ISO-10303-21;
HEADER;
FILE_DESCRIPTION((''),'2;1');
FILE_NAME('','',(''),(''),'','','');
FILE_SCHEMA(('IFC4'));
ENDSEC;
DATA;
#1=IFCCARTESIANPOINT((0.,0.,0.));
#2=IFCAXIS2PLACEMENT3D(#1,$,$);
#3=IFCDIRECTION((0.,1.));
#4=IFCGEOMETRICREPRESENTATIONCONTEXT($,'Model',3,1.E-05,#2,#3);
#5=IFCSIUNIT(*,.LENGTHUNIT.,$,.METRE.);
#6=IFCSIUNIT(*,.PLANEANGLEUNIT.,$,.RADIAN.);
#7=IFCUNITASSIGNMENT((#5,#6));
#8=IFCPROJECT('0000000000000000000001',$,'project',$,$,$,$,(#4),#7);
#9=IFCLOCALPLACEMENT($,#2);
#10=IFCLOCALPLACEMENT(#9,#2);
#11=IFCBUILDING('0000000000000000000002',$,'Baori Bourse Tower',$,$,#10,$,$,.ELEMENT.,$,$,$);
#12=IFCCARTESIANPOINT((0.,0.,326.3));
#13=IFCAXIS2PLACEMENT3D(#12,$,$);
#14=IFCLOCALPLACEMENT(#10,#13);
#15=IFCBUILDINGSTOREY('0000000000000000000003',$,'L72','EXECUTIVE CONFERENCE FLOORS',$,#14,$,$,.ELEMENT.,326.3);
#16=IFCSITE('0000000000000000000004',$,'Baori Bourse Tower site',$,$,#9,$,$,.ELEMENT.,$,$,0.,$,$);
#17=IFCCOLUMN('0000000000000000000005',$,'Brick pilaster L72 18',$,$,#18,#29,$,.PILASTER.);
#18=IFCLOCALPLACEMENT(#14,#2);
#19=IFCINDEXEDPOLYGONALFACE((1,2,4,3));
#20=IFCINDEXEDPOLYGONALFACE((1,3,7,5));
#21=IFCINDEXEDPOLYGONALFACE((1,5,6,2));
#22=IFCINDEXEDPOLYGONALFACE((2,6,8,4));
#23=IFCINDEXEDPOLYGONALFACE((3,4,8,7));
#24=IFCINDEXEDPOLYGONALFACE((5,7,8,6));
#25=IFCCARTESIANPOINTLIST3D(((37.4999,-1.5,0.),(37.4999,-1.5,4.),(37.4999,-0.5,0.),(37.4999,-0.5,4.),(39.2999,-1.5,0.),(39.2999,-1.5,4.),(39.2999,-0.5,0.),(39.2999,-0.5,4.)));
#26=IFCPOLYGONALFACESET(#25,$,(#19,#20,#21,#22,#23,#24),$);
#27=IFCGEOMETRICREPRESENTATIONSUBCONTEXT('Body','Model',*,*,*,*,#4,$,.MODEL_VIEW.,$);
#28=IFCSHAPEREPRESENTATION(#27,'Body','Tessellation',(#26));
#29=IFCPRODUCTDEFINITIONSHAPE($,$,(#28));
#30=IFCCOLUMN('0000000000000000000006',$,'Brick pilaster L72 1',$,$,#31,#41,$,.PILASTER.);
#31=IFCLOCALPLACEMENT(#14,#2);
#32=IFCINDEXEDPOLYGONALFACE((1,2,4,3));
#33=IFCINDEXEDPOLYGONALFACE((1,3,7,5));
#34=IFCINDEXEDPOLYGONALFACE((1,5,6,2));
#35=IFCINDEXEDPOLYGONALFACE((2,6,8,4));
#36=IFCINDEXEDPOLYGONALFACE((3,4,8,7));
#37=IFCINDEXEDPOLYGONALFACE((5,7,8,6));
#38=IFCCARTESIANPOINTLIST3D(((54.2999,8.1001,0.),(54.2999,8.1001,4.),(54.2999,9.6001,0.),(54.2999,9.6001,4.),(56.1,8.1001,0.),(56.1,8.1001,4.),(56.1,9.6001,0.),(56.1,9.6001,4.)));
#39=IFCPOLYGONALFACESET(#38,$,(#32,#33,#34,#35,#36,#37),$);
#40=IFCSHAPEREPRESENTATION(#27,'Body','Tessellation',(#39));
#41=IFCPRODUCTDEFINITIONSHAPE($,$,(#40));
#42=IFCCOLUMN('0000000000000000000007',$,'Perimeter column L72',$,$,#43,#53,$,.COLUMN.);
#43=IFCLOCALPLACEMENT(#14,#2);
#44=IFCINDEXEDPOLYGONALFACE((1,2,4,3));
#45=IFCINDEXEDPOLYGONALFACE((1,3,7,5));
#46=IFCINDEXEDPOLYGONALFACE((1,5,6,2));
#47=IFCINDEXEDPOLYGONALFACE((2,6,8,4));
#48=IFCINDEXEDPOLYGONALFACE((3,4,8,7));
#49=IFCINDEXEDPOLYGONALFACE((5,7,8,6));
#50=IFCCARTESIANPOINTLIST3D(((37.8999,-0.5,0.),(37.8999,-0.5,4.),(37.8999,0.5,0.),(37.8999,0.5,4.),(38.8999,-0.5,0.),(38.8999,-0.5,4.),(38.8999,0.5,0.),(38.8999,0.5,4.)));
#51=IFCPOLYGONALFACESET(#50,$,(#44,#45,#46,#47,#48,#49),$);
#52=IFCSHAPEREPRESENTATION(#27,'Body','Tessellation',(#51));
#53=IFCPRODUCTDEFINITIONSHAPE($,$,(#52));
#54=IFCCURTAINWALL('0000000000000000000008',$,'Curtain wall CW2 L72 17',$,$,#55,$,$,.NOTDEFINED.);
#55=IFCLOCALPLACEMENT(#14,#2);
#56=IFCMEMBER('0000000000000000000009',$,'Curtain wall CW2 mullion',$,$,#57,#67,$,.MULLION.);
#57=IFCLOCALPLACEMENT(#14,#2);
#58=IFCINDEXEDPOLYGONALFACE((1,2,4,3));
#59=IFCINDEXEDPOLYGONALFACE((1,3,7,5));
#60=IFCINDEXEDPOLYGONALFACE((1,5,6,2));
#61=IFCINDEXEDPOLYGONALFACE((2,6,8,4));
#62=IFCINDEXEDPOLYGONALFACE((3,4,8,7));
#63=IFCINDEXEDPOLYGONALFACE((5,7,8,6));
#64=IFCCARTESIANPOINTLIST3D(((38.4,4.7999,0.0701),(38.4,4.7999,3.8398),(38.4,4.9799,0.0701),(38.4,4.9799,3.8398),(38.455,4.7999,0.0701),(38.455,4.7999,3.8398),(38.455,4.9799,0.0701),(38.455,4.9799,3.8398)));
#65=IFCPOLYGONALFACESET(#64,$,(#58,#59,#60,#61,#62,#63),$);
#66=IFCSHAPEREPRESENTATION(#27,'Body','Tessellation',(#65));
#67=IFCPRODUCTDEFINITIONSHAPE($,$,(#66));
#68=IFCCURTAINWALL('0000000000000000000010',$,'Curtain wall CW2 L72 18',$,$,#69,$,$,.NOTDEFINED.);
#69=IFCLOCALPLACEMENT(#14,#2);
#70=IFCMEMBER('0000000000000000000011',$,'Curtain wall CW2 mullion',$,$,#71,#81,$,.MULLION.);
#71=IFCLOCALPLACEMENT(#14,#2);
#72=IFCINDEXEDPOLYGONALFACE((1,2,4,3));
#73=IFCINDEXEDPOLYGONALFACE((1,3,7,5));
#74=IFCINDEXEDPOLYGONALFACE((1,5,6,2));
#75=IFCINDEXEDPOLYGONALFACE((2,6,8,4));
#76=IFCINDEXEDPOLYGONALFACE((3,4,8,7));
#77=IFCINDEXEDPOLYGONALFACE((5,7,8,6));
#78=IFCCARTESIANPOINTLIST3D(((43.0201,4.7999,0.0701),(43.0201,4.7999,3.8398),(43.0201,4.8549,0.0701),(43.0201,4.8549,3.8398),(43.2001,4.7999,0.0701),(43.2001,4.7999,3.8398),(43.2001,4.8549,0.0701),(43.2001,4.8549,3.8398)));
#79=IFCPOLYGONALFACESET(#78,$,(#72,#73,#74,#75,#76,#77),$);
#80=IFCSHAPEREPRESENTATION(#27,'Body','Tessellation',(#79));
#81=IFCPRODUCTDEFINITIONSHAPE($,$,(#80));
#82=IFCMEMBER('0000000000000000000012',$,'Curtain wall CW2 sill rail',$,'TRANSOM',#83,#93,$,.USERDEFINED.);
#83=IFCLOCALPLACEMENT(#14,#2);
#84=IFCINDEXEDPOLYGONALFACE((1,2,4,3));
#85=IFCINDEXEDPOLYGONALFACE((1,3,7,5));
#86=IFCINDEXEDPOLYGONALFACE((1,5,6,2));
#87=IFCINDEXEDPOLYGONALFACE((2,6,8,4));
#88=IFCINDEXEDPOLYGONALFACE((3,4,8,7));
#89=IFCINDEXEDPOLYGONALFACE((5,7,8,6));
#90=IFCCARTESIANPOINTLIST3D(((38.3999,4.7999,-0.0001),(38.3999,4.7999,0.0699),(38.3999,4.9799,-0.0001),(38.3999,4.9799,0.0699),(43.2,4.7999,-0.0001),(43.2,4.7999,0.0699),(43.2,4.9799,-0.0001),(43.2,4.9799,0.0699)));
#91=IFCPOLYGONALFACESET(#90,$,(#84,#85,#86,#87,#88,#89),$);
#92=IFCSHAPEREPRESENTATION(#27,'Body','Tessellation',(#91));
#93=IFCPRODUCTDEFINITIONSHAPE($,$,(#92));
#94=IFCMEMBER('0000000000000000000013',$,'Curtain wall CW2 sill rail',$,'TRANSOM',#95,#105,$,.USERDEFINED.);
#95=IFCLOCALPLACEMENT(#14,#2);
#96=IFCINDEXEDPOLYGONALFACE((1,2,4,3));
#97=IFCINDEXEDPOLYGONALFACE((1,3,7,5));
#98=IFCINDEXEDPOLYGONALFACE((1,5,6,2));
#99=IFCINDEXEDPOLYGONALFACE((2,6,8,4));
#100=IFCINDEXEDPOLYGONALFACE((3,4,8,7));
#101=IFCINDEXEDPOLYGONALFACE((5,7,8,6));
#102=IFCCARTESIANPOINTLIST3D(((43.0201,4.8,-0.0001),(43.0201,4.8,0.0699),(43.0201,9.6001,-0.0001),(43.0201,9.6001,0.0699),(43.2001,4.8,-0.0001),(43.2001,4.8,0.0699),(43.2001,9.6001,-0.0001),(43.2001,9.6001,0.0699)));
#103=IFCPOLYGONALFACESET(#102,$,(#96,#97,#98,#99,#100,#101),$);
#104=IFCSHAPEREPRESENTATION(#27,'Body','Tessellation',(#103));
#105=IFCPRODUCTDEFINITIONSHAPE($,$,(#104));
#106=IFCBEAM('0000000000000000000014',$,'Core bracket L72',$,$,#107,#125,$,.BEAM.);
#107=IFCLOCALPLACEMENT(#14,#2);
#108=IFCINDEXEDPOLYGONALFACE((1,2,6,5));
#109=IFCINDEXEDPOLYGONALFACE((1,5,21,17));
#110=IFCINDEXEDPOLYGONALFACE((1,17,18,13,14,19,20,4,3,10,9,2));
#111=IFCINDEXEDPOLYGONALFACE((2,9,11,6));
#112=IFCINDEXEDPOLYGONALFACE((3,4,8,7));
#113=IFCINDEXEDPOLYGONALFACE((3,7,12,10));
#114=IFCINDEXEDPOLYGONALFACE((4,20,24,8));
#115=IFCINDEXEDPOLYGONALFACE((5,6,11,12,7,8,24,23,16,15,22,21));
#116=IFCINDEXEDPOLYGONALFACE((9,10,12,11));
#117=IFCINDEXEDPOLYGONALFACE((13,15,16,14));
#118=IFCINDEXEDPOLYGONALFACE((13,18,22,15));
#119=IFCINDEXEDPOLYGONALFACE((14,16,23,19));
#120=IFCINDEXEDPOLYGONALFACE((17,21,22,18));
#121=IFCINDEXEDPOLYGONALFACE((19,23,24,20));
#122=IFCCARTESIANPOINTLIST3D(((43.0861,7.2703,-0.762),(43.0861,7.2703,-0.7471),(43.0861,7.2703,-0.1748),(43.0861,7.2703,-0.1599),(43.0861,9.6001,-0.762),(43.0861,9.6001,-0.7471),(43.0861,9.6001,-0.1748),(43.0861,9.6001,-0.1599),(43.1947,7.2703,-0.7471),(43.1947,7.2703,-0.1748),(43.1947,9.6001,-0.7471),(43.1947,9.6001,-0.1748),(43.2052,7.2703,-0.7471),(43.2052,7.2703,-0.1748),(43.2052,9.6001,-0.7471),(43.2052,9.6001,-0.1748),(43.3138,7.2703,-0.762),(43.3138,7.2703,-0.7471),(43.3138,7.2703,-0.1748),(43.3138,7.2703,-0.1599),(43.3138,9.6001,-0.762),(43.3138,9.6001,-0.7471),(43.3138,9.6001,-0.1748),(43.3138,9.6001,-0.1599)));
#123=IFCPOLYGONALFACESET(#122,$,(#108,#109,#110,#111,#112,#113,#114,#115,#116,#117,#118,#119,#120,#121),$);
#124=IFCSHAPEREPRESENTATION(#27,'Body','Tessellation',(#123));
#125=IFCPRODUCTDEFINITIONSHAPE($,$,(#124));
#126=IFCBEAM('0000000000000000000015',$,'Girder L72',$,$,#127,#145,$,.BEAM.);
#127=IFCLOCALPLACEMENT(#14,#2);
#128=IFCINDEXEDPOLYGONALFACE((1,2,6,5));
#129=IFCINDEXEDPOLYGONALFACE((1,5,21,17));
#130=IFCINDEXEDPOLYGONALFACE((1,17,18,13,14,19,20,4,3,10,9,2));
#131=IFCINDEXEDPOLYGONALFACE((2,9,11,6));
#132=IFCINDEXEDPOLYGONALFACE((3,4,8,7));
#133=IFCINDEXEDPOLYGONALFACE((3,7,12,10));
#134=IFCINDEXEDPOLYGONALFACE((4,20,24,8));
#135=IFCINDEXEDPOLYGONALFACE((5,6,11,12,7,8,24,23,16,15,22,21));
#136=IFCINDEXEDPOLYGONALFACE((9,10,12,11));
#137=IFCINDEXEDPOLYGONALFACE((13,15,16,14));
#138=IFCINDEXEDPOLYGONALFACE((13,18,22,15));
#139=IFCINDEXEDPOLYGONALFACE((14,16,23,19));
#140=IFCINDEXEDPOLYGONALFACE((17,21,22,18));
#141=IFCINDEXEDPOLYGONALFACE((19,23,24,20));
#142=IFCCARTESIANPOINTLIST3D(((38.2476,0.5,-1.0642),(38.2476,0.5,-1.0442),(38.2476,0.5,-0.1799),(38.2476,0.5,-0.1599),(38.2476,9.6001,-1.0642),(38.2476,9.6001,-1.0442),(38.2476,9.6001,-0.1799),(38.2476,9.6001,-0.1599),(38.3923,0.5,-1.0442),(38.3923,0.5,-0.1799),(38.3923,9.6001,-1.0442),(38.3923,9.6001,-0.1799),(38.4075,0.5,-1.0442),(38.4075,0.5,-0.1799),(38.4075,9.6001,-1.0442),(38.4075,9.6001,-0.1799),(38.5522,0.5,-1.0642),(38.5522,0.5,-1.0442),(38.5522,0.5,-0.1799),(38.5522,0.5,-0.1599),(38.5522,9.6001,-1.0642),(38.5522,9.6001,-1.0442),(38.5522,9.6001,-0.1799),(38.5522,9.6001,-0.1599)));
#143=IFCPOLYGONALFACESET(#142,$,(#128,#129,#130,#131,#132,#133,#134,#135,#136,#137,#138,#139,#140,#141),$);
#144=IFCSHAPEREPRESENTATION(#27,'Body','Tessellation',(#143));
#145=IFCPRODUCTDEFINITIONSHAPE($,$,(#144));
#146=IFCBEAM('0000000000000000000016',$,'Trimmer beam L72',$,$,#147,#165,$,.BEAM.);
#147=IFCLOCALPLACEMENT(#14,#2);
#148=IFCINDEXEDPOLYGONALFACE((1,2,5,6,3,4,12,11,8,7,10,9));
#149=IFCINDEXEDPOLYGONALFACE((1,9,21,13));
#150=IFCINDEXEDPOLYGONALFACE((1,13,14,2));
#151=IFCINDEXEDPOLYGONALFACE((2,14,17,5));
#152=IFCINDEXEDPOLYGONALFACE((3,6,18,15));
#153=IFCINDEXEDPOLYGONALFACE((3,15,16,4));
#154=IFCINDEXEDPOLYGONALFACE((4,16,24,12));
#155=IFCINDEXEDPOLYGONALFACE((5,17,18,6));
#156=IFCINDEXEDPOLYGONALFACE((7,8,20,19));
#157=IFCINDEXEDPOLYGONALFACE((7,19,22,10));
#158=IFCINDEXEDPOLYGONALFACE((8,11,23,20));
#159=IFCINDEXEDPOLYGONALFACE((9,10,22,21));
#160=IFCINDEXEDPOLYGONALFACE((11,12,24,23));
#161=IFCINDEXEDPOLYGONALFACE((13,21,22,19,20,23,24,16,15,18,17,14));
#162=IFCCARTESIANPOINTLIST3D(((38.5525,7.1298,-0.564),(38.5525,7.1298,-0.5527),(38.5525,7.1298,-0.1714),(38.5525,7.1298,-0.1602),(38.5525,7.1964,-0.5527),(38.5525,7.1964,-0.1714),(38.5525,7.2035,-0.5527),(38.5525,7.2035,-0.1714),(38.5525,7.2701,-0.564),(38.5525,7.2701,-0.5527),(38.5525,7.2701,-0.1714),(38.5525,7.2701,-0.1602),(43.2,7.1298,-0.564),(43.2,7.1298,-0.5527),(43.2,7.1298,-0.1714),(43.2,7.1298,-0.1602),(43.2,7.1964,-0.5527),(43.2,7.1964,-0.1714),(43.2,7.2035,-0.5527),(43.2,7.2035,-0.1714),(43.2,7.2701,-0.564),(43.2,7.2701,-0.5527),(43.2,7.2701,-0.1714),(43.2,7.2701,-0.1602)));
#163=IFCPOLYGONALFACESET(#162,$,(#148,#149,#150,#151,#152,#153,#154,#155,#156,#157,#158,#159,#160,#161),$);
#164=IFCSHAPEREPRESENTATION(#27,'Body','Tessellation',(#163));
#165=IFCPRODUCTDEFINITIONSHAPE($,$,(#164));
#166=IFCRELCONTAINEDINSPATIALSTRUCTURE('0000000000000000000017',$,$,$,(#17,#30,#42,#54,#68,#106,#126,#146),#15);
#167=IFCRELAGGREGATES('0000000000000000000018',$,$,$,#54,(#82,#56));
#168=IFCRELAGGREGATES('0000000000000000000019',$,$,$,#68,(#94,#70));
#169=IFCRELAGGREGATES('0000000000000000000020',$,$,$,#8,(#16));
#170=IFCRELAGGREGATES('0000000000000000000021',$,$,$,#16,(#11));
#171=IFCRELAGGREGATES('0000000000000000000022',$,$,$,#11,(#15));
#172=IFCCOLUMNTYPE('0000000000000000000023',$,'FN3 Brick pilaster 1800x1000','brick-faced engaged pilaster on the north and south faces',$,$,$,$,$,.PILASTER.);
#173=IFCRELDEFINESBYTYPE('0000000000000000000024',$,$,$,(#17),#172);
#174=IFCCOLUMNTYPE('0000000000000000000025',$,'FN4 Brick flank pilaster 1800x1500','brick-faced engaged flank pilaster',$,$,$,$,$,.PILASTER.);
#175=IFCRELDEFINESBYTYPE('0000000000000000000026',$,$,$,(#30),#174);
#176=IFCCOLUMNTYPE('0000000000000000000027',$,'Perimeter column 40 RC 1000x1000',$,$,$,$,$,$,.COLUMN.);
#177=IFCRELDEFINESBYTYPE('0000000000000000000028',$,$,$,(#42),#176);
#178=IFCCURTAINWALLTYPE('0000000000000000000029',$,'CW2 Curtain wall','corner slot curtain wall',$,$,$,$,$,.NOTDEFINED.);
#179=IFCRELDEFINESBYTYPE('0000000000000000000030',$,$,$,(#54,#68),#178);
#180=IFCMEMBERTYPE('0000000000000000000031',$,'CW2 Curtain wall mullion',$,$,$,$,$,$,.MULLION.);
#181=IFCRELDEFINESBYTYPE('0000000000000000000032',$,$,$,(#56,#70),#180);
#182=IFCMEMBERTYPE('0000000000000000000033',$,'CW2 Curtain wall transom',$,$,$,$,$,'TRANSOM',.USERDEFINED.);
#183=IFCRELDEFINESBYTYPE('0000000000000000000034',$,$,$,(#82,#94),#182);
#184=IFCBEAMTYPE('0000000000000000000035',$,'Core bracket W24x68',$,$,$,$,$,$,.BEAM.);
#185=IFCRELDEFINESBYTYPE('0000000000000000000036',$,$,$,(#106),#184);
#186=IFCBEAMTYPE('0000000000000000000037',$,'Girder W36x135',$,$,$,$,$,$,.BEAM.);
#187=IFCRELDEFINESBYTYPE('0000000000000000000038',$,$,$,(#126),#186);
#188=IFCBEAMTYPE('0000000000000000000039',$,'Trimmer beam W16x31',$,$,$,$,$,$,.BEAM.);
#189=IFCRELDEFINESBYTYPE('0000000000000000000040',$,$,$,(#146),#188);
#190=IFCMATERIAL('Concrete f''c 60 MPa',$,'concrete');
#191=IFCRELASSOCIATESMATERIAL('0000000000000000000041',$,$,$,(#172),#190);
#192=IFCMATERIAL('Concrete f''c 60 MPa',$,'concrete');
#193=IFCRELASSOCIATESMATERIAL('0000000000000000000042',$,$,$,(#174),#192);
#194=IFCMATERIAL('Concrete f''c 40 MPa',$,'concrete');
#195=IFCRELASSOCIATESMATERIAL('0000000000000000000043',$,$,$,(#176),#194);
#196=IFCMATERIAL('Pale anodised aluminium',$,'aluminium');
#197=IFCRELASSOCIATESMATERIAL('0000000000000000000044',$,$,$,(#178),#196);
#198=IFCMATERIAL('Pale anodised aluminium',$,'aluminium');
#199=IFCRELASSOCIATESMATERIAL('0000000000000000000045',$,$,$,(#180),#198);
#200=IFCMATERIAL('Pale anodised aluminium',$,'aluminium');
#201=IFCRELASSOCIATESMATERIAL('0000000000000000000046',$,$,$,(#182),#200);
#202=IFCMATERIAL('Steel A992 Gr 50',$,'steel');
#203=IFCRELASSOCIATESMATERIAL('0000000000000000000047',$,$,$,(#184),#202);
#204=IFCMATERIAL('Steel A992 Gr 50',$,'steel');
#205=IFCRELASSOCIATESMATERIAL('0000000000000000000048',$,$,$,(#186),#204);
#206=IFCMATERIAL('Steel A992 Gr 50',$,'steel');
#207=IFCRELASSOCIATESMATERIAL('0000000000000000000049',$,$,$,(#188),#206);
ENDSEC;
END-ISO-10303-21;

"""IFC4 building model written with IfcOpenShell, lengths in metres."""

from ifc_helpers import new_model, si_unit, direction, frame, origin, origin_2d, place, context, subcontext, project, spatial, rectangle, i_section, extrude, material, material_profile, profile_set, type_object, element, aggregate, save


model = new_model("IFC4")

# Units and contexts
model_context = context("Model", 3, precision=1e-05, world=origin(), true_north=direction((0.0, 1.0)))
body_context = subcontext(model_context, "Body", "Model", "MODEL_VIEW")
ifc_project = project(units=[si_unit("LENGTHUNIT", "METRE"), si_unit("PLANEANGLEUNIT", "RADIAN")], contexts=[model_context])

# Site, building, storey
site_placement = place(None, origin())
site = spatial("IfcSite", under=ifc_project, at=site_placement, Name="Baori Bourse Tower site", CompositionType="ELEMENT", RefElevation=0.0)
building_placement = place(site_placement, origin())
building = spatial("IfcBuilding", under=site, at=building_placement, Name="Baori Bourse Tower", CompositionType="ELEMENT")
storey_placement = place(building_placement, frame((0.0, 0.0, 326.3)))
storey = spatial("IfcBuildingStorey", under=building, at=storey_placement, Name="L72", Description="EXECUTIVE CONFERENCE FLOORS", CompositionType="ELEMENT", Elevation=326.3)

# Columns
ifc_material_1 = material(Name="Concrete f'c 60 MPa", Category="concrete")
ifc_material_profile_1 = material_profile(ifc_material_1, rectangle(XDim=1.8, YDim=1.0, at=origin_2d()), Name="RC 1800x1000")
ifc_profile_set_1 = profile_set([ifc_material_profile_1], Name="Concrete f'c 60 MPa")
column_type_1 = type_object("IfcColumnType", Name="FN3 Brick pilaster 1800x1000", Description="brick-faced engaged pilaster on the north and south faces", PredefinedType="PILASTER", material=ifc_profile_set_1)
column_1_placement = place(storey_placement, frame((38.3999, -1.0, 0.0), z_axis=(0.0, 0.0, 1.0), x_axis=(1.0, 0.0, 0.0)))
element("IfcColumn", 1, at=column_1_placement, inside=storey, type_object=column_type_1, Name="Brick pilaster L72 18", PredefinedType="PILASTER", context=body_context, shape_type="SweptSolid", body=[
    extrude(rectangle(XDim=1.8, YDim=1.0, at=origin_2d()), origin(), (0.0, 0.0, 1.0), 4.0),
])
ifc_material_2 = material(Name="Concrete f'c 60 MPa", Category="concrete")
ifc_material_profile_2 = material_profile(ifc_material_2, rectangle(XDim=1.8, YDim=1.5, at=origin_2d()), Name="RC 1800x1500")
ifc_profile_set_2 = profile_set([ifc_material_profile_2], Name="Concrete f'c 60 MPa")
column_type_2 = type_object("IfcColumnType", Name="FN4 Brick flank pilaster 1800x1500", Description="brick-faced engaged flank pilaster", PredefinedType="PILASTER", material=ifc_profile_set_2)
column_2_placement = place(storey_placement, frame((55.2, 8.8501, 0.0), z_axis=(0.0, 0.0, 1.0), x_axis=(1.0, 0.0, 0.0)))
element("IfcColumn", 2, at=column_2_placement, inside=storey, type_object=column_type_2, Name="Brick pilaster L72 1", PredefinedType="PILASTER", context=body_context, shape_type="SweptSolid", body=[
    extrude(rectangle(XDim=1.8, YDim=1.5, at=origin_2d()), origin(), (0.0, 0.0, 1.0), 4.0),
])
ifc_material_3 = material(Name="Concrete f'c 40 MPa", Category="concrete")
ifc_material_profile_3 = material_profile(ifc_material_3, rectangle(XDim=1.0, YDim=1.0, at=origin_2d()), Name="RC 1000x1000")
ifc_profile_set_3 = profile_set([ifc_material_profile_3], Name="Concrete f'c 40 MPa")
column_type_3 = type_object("IfcColumnType", Name="Perimeter column 40 RC 1000x1000", PredefinedType="COLUMN", material=ifc_profile_set_3)
column_3_placement = place(storey_placement, frame((38.3999, 0.0, 0.0), z_axis=(0.0, 0.0, 1.0), x_axis=(1.0, 0.0, 0.0)))
element("IfcColumn", 3, at=column_3_placement, inside=storey, type_object=column_type_3, Name="Perimeter column L72", PredefinedType="COLUMN", context=body_context, shape_type="SweptSolid", body=[
    extrude(rectangle(XDim=1.0, YDim=1.0, at=origin_2d()), origin(), (0.0, 0.0, 1.0), 4.0),
])

# Curtain walls, members
ifc_material_4 = material(Name="Pale anodised aluminium", Category="aluminium")
curtain_wall_type = type_object("IfcCurtainWallType", Name="CW2 Curtain wall", Description="corner slot curtain wall", PredefinedType="NOTDEFINED", material=ifc_material_4)
curtain_wall_1_placement = place(storey_placement, origin())
curtain_wall_1 = element("IfcCurtainWall", 4, at=curtain_wall_1_placement, inside=storey, type_object=curtain_wall_type, Name="Curtain wall CW2 L72 17", PredefinedType="NOTDEFINED")
ifc_material_5 = material(Name="Pale anodised aluminium", Category="aluminium")
ifc_material_profile_4 = material_profile(ifc_material_5, rectangle(XDim=0.1799, YDim=0.0549, at=origin_2d()), Name="Mullion 55x180")
ifc_profile_set_4 = profile_set([ifc_material_profile_4], Name="Pale anodised aluminium")
member_type_1 = type_object("IfcMemberType", Name="CW2 Curtain wall mullion", PredefinedType="MULLION", material=ifc_profile_set_4)
member_1_placement = place(storey_placement, frame((38.4275, 4.8899, 0.0701), z_axis=(0.0, 0.0, 1.0), x_axis=(0.0, 1.0, 0.0)))
member_1 = element("IfcMember", 5, at=member_1_placement, type_object=member_type_1, Name="Curtain wall CW2 mullion", PredefinedType="MULLION", context=body_context, shape_type="SweptSolid", body=[
    extrude(rectangle(XDim=0.1799, YDim=0.0549, at=origin_2d()), origin(), (0.0, 0.0, 1.0), 3.7698),
])
curtain_wall_2_placement = place(storey_placement, origin())
curtain_wall_2 = element("IfcCurtainWall", 6, at=curtain_wall_2_placement, inside=storey, type_object=curtain_wall_type, Name="Curtain wall CW2 L72 18", PredefinedType="NOTDEFINED")
member_2_placement = place(storey_placement, frame((43.1101, 4.8274, 0.0701), z_axis=(0.0, 0.0, 1.0), x_axis=(-1.0, 0.0, 0.0)))
member_2 = element("IfcMember", 7, at=member_2_placement, type_object=member_type_1, Name="Curtain wall CW2 mullion", PredefinedType="MULLION", context=body_context, shape_type="SweptSolid", body=[
    extrude(rectangle(XDim=0.1799, YDim=0.0549, at=origin_2d()), origin(), (0.0, 0.0, 1.0), 3.7698),
])

# Members
ifc_material_6 = material(Name="Pale anodised aluminium", Category="aluminium")
ifc_material_profile_5 = material_profile(ifc_material_6, rectangle(XDim=0.1799, YDim=0.0701, at=origin_2d()), Name="Transom 70x180")
ifc_profile_set_5 = profile_set([ifc_material_profile_5], Name="Pale anodised aluminium")
member_type_2 = type_object("IfcMemberType", Name="CW2 Curtain wall transom", ElementType="TRANSOM", PredefinedType="USERDEFINED", material=ifc_profile_set_5)
member_3_placement = place(storey_placement, frame((38.3999, 4.8899, 0.0349), z_axis=(1.0, 0.0, 0.0), x_axis=(0.0, 1.0, 0.0)))
member_3 = element("IfcMember", 8, at=member_3_placement, type_object=member_type_2, Name="Curtain wall CW2 sill rail", ObjectType="TRANSOM", PredefinedType="USERDEFINED", context=body_context, shape_type="SweptSolid", body=[
    extrude(rectangle(XDim=0.1799, YDim=0.0701, at=origin_2d()), origin(), (0.0, 0.0, 1.0), 4.8),
])
member_4_placement = place(storey_placement, frame((43.1101, 4.8, 0.0349), z_axis=(0.0, 1.0, 0.0), x_axis=(-1.0, 0.0, 0.0)))
member_4 = element("IfcMember", 9, at=member_4_placement, type_object=member_type_2, Name="Curtain wall CW2 sill rail", ObjectType="TRANSOM", PredefinedType="USERDEFINED", context=body_context, shape_type="SweptSolid", body=[
    extrude(rectangle(XDim=0.1799, YDim=0.0701, at=origin_2d()), origin(), (0.0, 0.0, 1.0), 4.8),
])

# Beams
ifc_material_7 = material(Name="Steel A992 Gr 50", Category="steel")
ifc_material_profile_6 = material_profile(ifc_material_7, i_section(OverallWidth=0.2278, OverallDepth=0.6021, WebThickness=0.0105, FlangeThickness=0.0149, at=origin_2d()), Name="W24x68")
ifc_profile_set_6 = profile_set([ifc_material_profile_6], Name="Steel A992 Gr 50")
beam_type_1 = type_object("IfcBeamType", Name="Core bracket W24x68", PredefinedType="BEAM", material=ifc_profile_set_6)
beam_1_placement = place(storey_placement, frame((43.2, 7.2703, -0.4609), z_axis=(0.0, 1.0, 0.0), x_axis=(-1.0, 0.0, 0.0)))
element("IfcBeam", 10, at=beam_1_placement, inside=storey, type_object=beam_type_1, Name="Core bracket L72", PredefinedType="BEAM", context=body_context, shape_type="SweptSolid", body=[
    extrude(i_section(OverallWidth=0.2278, OverallDepth=0.6021, WebThickness=0.0105, FlangeThickness=0.0149, at=origin_2d()), origin(), (0.0, 0.0, 1.0), 2.3298),
])
ifc_material_8 = material(Name="Steel A992 Gr 50", Category="steel")
ifc_material_profile_7 = material_profile(ifc_material_8, i_section(OverallWidth=0.3047, OverallDepth=0.9043, WebThickness=0.0151, FlangeThickness=0.02, at=origin_2d()), Name="W36x135")
ifc_profile_set_7 = profile_set([ifc_material_profile_7], Name="Steel A992 Gr 50")
beam_type_2 = type_object("IfcBeamType", Name="Girder W36x135", PredefinedType="BEAM", material=ifc_profile_set_7)
beam_2_placement = place(storey_placement, frame((38.3999, 0.5, -0.6121), z_axis=(0.0, 1.0, 0.0), x_axis=(-1.0, 0.0, 0.0)))
element("IfcBeam", 11, at=beam_2_placement, inside=storey, type_object=beam_type_2, Name="Girder L72", PredefinedType="BEAM", context=body_context, shape_type="SweptSolid", body=[
    extrude(i_section(OverallWidth=0.3047, OverallDepth=0.9043, WebThickness=0.0151, FlangeThickness=0.02, at=origin_2d()), origin(), (0.0, 0.0, 1.0), 9.1001),
])
ifc_material_9 = material(Name="Steel A992 Gr 50", Category="steel")
ifc_material_profile_8 = material_profile(ifc_material_9, i_section(OverallWidth=0.1404, OverallDepth=0.4038, WebThickness=0.0071, FlangeThickness=0.0112, at=origin_2d()), Name="W16x31")
ifc_profile_set_8 = profile_set([ifc_material_profile_8], Name="Steel A992 Gr 50")
beam_type_3 = type_object("IfcBeamType", Name="Trimmer beam W16x31", PredefinedType="BEAM", material=ifc_profile_set_8)
beam_3_placement = place(storey_placement, frame((38.5525, 7.2, -0.3621), z_axis=(1.0, 0.0, 0.0), x_axis=(0.0, 1.0, 0.0)))
element("IfcBeam", 12, at=beam_3_placement, inside=storey, type_object=beam_type_3, Name="Trimmer beam L72", PredefinedType="BEAM", context=body_context, shape_type="SweptSolid", body=[
    extrude(i_section(OverallWidth=0.1404, OverallDepth=0.4038, WebThickness=0.0071, FlangeThickness=0.0112, at=origin_2d()), origin(), (0.0, 0.0, 1.0), 4.6475),
])

aggregate(curtain_wall_1, [member_3, member_1])
aggregate(curtain_wall_2, [member_4, member_2])

save(model, "model.ifc")
